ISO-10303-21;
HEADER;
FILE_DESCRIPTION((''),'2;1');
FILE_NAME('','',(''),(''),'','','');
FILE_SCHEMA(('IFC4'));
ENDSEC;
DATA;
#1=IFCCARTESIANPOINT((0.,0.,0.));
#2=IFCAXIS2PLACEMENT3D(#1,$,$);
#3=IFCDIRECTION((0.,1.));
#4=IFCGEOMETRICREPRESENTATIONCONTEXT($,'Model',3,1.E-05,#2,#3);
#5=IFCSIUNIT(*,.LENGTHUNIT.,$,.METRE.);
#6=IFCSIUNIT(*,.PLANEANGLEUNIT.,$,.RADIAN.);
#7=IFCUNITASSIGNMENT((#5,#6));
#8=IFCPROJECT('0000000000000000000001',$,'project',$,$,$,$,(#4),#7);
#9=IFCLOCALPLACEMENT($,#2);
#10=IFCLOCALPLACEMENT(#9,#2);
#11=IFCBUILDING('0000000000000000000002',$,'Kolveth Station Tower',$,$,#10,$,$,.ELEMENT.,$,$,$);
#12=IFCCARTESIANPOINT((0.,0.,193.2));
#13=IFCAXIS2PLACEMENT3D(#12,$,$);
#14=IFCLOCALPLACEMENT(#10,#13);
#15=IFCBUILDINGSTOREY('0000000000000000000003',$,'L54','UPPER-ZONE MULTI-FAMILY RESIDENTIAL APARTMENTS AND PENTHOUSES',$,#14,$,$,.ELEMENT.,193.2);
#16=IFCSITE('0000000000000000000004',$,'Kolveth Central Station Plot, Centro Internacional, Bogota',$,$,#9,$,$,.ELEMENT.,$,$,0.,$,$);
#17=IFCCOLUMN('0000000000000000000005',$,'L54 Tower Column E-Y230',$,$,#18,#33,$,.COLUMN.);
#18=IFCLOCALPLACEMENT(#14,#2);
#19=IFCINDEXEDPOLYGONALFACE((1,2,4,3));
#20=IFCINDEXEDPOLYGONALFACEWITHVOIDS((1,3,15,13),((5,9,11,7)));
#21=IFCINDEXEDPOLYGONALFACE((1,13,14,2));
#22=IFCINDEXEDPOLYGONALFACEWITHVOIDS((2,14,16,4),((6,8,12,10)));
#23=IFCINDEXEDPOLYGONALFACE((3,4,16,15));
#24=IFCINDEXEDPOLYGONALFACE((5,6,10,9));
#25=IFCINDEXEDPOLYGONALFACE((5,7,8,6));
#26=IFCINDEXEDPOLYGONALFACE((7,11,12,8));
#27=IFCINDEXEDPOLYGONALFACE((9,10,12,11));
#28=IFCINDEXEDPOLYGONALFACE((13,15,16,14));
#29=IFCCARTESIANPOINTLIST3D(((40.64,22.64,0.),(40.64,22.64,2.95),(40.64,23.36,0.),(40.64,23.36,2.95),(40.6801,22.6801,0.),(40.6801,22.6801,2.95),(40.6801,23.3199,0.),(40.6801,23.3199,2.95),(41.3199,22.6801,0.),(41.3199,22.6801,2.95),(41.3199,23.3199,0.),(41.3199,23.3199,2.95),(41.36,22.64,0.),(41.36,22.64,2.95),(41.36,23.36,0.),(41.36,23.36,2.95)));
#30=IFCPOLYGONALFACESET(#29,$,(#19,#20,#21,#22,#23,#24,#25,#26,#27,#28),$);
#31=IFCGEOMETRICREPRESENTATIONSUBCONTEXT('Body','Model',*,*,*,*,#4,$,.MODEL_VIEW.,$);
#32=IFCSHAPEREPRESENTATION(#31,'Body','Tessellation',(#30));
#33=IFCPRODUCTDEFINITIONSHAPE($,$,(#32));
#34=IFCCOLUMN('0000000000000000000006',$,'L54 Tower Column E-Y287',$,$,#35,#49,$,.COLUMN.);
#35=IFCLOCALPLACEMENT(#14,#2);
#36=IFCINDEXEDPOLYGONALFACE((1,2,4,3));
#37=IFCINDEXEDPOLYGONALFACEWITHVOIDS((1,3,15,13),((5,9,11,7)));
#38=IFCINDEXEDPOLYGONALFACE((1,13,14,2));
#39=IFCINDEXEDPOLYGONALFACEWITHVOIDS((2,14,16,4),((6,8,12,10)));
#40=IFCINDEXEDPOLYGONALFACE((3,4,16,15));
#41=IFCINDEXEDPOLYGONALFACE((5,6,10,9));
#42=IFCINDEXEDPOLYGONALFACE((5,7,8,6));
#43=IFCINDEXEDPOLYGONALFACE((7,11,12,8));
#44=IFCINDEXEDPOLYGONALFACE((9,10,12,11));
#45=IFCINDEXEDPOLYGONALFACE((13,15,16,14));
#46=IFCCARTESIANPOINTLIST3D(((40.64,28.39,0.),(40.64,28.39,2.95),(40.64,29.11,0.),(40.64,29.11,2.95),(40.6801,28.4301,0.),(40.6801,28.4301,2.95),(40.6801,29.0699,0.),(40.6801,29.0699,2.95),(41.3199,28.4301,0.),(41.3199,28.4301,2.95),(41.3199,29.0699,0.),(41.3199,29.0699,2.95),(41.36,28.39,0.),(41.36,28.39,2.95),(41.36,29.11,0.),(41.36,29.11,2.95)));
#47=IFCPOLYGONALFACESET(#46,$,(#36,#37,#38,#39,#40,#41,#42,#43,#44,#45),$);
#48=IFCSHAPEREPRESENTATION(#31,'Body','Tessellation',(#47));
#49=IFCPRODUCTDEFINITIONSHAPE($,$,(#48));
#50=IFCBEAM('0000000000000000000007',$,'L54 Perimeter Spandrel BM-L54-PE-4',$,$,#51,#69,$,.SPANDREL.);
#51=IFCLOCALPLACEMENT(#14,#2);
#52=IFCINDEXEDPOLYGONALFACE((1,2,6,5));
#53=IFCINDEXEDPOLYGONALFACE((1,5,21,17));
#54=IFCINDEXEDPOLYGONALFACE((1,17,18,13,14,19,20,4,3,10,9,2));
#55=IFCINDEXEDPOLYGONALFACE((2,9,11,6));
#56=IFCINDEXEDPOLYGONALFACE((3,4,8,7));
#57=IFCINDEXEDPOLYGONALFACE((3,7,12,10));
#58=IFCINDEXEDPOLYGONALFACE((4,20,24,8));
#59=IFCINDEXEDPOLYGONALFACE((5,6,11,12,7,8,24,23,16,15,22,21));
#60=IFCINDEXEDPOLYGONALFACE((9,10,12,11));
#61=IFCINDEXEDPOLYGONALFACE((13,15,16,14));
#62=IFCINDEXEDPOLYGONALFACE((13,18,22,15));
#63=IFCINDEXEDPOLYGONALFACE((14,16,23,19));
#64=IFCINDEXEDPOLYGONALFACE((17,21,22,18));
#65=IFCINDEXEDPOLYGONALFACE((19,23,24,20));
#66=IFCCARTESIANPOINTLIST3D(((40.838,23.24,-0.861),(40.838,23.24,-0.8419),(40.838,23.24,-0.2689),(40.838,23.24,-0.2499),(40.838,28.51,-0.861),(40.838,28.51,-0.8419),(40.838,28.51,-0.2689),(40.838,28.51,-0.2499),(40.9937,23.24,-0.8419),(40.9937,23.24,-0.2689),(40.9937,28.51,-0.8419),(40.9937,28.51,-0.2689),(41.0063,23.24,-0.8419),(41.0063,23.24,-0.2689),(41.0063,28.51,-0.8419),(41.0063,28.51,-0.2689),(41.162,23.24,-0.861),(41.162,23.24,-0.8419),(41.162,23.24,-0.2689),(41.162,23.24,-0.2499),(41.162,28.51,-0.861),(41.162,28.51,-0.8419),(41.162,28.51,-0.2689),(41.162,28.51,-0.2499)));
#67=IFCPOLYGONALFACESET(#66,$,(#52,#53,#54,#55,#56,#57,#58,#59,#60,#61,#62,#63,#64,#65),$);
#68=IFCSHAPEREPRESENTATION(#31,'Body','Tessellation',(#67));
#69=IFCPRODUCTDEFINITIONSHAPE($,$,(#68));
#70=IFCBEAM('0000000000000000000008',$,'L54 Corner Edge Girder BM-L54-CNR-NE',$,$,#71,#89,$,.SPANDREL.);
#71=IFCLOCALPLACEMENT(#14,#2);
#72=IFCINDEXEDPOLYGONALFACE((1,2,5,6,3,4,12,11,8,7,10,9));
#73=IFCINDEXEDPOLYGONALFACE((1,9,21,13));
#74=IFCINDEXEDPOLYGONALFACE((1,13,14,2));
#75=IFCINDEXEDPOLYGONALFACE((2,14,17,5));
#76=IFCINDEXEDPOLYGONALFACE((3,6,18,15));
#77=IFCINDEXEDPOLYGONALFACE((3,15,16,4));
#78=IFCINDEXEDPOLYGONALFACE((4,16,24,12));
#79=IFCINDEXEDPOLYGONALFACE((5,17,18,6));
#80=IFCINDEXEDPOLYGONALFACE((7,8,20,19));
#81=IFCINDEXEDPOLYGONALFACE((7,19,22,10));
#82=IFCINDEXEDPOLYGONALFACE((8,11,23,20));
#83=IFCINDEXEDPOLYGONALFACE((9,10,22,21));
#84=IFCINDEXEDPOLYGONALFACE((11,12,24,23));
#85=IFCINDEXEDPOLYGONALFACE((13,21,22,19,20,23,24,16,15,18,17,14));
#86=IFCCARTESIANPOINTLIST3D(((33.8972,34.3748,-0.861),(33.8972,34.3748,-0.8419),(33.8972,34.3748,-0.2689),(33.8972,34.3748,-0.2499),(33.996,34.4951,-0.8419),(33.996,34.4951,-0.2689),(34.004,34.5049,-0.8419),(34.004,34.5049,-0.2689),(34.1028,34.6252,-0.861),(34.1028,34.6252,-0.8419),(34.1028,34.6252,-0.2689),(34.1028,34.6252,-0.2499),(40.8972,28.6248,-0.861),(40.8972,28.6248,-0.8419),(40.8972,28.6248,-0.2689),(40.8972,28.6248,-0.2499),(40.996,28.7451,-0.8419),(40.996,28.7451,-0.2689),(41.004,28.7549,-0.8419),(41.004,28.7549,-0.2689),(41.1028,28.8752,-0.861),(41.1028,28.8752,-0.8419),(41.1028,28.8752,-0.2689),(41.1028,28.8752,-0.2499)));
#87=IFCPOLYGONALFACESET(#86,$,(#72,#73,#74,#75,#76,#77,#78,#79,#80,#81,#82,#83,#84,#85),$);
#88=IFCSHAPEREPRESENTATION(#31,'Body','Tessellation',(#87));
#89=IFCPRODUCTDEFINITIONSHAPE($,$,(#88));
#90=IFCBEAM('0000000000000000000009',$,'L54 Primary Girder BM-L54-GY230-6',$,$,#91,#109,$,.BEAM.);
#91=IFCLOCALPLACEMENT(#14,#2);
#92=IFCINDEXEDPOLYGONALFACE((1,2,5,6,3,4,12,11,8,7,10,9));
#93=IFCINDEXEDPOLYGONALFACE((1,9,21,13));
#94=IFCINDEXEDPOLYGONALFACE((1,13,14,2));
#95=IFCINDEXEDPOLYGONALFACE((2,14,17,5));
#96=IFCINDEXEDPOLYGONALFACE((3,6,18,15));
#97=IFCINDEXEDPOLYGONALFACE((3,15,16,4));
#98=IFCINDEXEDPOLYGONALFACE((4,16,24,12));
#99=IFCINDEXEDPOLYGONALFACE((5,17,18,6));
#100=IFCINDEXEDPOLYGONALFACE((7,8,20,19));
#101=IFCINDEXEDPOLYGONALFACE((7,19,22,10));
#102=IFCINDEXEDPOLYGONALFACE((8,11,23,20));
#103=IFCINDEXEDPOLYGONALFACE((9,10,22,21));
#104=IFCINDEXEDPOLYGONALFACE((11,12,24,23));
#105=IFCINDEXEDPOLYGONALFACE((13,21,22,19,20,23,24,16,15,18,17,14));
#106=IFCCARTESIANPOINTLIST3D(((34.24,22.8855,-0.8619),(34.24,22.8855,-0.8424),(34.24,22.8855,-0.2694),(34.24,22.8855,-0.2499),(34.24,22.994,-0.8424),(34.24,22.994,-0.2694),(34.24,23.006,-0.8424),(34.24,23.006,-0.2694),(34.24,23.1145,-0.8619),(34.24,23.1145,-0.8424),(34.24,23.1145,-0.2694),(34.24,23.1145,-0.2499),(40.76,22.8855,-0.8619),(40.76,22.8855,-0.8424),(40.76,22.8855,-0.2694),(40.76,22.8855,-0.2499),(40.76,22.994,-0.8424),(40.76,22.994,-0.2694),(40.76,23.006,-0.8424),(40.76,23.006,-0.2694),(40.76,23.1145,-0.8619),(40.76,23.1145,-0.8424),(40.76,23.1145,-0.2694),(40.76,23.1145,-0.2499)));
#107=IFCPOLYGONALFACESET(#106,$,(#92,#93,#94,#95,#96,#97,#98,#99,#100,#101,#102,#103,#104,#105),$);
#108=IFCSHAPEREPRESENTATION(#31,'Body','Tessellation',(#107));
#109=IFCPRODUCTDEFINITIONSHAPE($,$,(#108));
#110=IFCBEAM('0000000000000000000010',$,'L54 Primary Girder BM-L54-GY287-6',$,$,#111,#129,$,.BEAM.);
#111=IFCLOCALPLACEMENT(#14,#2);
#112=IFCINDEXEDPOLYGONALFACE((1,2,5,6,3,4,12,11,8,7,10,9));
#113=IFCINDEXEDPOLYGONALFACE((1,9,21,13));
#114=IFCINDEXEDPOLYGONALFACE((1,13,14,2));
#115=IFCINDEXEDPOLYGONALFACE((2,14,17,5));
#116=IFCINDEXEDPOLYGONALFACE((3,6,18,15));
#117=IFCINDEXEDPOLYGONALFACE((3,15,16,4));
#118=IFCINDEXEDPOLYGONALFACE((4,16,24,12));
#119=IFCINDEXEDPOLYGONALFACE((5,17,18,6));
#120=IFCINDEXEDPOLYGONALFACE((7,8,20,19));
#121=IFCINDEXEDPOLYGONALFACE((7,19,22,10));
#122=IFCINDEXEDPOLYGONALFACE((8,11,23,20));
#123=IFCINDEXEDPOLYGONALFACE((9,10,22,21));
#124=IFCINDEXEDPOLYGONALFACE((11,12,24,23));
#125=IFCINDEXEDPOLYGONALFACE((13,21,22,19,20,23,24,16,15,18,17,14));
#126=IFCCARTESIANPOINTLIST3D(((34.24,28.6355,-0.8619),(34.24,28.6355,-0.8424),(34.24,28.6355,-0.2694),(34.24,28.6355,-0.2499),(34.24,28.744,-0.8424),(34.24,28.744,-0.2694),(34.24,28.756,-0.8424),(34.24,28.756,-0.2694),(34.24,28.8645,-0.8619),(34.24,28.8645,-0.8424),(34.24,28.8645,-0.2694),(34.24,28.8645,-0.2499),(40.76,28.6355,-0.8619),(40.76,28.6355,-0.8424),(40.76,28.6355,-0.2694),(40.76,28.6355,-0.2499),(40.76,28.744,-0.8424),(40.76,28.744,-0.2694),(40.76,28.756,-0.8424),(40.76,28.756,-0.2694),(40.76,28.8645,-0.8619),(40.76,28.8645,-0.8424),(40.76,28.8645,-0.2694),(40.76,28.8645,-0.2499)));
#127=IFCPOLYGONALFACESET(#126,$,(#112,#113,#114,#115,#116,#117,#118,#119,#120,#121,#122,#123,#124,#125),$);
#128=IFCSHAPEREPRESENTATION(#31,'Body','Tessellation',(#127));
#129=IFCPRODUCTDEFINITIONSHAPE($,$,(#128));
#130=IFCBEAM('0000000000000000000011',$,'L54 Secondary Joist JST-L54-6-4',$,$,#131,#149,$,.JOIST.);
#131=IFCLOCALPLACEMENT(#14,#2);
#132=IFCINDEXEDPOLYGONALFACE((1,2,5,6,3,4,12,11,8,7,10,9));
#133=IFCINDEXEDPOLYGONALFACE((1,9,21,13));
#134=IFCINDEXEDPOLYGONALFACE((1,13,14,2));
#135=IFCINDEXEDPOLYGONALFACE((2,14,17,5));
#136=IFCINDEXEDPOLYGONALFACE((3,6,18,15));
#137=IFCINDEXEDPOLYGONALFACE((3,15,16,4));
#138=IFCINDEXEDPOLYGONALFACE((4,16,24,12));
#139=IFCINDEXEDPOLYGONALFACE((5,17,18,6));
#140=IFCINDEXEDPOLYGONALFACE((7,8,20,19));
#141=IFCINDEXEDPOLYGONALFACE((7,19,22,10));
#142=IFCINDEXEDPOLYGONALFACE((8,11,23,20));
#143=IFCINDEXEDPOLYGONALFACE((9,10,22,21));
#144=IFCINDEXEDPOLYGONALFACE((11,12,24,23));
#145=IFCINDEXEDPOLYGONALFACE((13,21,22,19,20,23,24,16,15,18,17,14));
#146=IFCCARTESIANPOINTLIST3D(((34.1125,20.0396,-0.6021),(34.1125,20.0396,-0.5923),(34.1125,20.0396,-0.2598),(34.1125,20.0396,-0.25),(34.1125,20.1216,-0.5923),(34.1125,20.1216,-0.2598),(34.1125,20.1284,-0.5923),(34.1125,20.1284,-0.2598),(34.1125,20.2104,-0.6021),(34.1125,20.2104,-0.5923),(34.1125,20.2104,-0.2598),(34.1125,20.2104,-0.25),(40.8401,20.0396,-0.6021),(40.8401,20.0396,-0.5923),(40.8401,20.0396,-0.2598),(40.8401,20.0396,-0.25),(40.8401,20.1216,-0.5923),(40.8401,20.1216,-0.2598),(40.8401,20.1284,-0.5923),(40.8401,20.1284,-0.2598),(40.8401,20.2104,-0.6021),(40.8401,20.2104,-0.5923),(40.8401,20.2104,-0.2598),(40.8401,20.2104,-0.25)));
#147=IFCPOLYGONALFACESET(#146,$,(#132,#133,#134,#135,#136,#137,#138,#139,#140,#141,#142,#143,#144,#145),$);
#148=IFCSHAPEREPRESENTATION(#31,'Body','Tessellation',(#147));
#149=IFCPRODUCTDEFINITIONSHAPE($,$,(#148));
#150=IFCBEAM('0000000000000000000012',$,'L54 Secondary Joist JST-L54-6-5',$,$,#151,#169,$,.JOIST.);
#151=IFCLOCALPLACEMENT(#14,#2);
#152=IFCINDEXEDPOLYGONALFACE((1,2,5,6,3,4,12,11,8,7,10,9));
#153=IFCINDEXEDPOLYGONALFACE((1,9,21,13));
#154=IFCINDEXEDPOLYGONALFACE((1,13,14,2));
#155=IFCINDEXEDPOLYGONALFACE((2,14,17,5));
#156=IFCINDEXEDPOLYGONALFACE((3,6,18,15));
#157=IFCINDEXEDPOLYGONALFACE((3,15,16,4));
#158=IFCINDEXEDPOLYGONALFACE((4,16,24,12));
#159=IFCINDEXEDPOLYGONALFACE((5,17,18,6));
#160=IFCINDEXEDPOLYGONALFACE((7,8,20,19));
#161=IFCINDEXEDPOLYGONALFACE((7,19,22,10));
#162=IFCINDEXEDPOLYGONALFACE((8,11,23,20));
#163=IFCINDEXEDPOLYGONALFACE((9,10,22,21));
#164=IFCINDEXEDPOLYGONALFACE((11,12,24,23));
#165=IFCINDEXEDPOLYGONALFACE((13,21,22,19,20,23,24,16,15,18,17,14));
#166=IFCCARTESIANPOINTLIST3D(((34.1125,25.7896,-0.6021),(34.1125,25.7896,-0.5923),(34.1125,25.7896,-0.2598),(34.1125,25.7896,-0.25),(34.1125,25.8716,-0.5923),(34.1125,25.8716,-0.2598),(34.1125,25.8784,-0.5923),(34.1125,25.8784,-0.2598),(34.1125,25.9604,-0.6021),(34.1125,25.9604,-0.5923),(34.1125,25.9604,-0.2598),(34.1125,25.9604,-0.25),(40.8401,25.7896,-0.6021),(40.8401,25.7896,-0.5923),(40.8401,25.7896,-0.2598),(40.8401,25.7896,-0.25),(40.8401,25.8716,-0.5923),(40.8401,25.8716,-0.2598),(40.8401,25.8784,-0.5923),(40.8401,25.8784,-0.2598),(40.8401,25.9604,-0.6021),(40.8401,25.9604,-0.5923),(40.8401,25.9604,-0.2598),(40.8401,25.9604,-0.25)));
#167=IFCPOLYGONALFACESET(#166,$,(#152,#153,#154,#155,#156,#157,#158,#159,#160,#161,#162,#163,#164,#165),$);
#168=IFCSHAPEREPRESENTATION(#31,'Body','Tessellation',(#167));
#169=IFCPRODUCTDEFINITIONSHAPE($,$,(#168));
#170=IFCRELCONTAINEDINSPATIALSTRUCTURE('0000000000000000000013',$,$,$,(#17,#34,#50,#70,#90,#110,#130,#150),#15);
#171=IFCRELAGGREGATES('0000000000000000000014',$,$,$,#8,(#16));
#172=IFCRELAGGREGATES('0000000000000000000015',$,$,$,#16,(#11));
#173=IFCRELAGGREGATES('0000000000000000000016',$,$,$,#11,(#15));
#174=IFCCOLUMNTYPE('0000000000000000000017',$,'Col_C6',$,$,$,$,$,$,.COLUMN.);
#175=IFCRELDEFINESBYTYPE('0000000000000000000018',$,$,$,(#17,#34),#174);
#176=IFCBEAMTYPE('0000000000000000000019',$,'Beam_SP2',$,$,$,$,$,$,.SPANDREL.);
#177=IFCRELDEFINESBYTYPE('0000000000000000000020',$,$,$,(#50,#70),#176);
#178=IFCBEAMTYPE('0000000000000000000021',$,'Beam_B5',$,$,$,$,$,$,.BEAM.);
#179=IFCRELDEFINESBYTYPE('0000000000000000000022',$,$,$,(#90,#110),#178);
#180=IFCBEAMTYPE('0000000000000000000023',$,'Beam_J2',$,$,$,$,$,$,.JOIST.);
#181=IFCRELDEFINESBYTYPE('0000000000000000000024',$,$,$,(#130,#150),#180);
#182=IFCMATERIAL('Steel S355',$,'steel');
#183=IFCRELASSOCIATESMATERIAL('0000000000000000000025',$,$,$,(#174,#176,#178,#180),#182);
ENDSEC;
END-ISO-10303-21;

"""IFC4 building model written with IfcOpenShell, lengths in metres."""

from ifc_helpers import new_model, si_unit, direction, frame, origin, origin_2d, place, context, subcontext, project, spatial, hollow_rectangle, i_section, extrude, source, transform, mapped, material, material_profile, profile_set, type_object, element, save


model = new_model("IFC4")

# Units and contexts
model_context = context("Model", 3, precision=1e-05, world=origin(), true_north=direction((0.0, 1.0)))
body_context = subcontext(model_context, "Body", "Model", "MODEL_VIEW")
ifc_project = project(units=[si_unit("LENGTHUNIT", "METRE"), si_unit("PLANEANGLEUNIT", "RADIAN")], contexts=[model_context])

# Site, building, storey
site_placement = place(None, origin())
site = spatial("IfcSite", under=ifc_project, at=site_placement, Name="Kolveth Central Station Plot, Centro Internacional, Bogota", CompositionType="ELEMENT", RefElevation=0.0)
building_placement = place(site_placement, origin())
building = spatial("IfcBuilding", under=site, at=building_placement, Name="Kolveth Station Tower", CompositionType="ELEMENT")
storey_placement = place(building_placement, frame((0.0, 0.0, 193.2)))
storey = spatial("IfcBuildingStorey", under=building, at=storey_placement, Name="L54", Description="UPPER-ZONE MULTI-FAMILY RESIDENTIAL APARTMENTS AND PENTHOUSES", CompositionType="ELEMENT", Elevation=193.2)

# Columns
ifc_material_1 = material(Name="Steel S355", Category="steel")
ifc_material_profile_1 = material_profile(ifc_material_1, hollow_rectangle(XDim=0.72, YDim=0.72, WallThickness=0.04, at=origin_2d()), Name="BOX720x720x40")
ifc_profile_set_1 = profile_set([ifc_material_profile_1], Name="Steel S355")
column_type = type_object("IfcColumnType", Name="Col_C6", PredefinedType="COLUMN", material=ifc_profile_set_1)
shared_shape_1 = source(origin(), body_context, "Body", "SweptSolid", [
    extrude(hollow_rectangle(XDim=0.72, YDim=0.72, WallThickness=0.04, at=origin_2d()), origin(), (0.0, 0.0, 1.0), 2.95),
])
for number, where, z_axis, x_axis, name in (
    (1, (41.0, 23.0, 0.0), (0.0, 0.0, 1.0), (1.0, 0.0, 0.0), "L54 Tower Column E-Y230"),
    (2, (41.0, 28.75, 0.0), (0.0, 0.0, 1.0), (1.0, 0.0, 0.0), "L54 Tower Column E-Y287"),
):
    element("IfcColumn", number, at=place(storey_placement, frame(where, z_axis=z_axis, x_axis=x_axis)), inside=storey, type_object=column_type, Name=name, PredefinedType="COLUMN", context=body_context, shape_type="MappedRepresentation", body=[
        mapped(shared_shape_1, transform((0.0, 0.0, 0.0), x_axis=(1.0, 0.0, 0.0), y_axis=(0.0, 1.0, 0.0), z_axis=(0.0, 0.0, 1.0), scale=1.0)),
    ])

# Beams
ifc_material_profile_2 = material_profile(ifc_material_1, i_section(OverallWidth=0.324, OverallDepth=0.6111, WebThickness=0.0127, FlangeThickness=0.019, at=origin_2d()), Name="W610x155")
ifc_profile_set_2 = profile_set([ifc_material_profile_2], Name="Steel S355")
beam_type_1 = type_object("IfcBeamType", Name="Beam_SP2", PredefinedType="SPANDREL", material=ifc_profile_set_2)
shared_shape_2 = source(origin(), body_context, "Body", "SweptSolid", [
    extrude(i_section(OverallWidth=0.324, OverallDepth=0.6111, WebThickness=0.0127, FlangeThickness=0.019, at=origin_2d()), origin(), (0.0, 0.0, 1.0), 5.27),
])
beam_1_placement = place(storey_placement, frame((41.0, 23.24, -0.5554), z_axis=(0.0, 1.0, 0.0), x_axis=(-1.0, 0.0, 0.0)))
element("IfcBeam", 3, at=beam_1_placement, inside=storey, type_object=beam_type_1, Name="L54 Perimeter Spandrel BM-L54-PE-4", PredefinedType="SPANDREL", context=body_context, shape_type="MappedRepresentation", body=[
    mapped(shared_shape_2, transform((0.0, 0.0, 0.0), x_axis=(1.0, 0.0, 0.0), y_axis=(0.0, 1.0, 0.0), z_axis=(0.0, 0.0, 1.0), scale=1.0)),
])
shared_shape_3 = source(origin(), body_context, "Body", "SweptSolid", [
    extrude(i_section(OverallWidth=0.324, OverallDepth=0.6111, WebThickness=0.0127, FlangeThickness=0.019, at=origin_2d()), origin(), (0.0, 0.0, 1.0), 9.0588),
])
beam_2_placement = place(storey_placement, frame((41.0, 28.75, -0.5554), z_axis=(-0.772726, 0.634739, 0.0), x_axis=(-0.634739, -0.772726, 0.0)))
element("IfcBeam", 4, at=beam_2_placement, inside=storey, type_object=beam_type_1, Name="L54 Corner Edge Girder BM-L54-CNR-NE", PredefinedType="SPANDREL", context=body_context, shape_type="MappedRepresentation", body=[
    mapped(shared_shape_3, transform((0.0, 0.0, 0.0), x_axis=(1.0, 0.0, 0.0), y_axis=(0.0, 1.0, 0.0), z_axis=(0.0, 0.0, 1.0), scale=1.0)),
])
ifc_material_profile_3 = material_profile(ifc_material_1, i_section(OverallWidth=0.229, OverallDepth=0.6121, WebThickness=0.012, FlangeThickness=0.0195, at=origin_2d()), Name="W610x125")
ifc_profile_set_3 = profile_set([ifc_material_profile_3], Name="Steel S355")
beam_type_2 = type_object("IfcBeamType", Name="Beam_B5", PredefinedType="BEAM", material=ifc_profile_set_3)
shared_shape_4 = source(origin(), body_context, "Body", "SweptSolid", [
    extrude(i_section(OverallWidth=0.229, OverallDepth=0.6121, WebThickness=0.012, FlangeThickness=0.0195, at=origin_2d()), origin(), (0.0, 0.0, 1.0), 6.52),
])
for number, where, z_axis, x_axis, name in (
    (5, (34.24, 23.0, -0.5559), (1.0, 0.0, 0.0), (0.0, 1.0, 0.0), "L54 Primary Girder BM-L54-GY230-6"),
    (6, (34.24, 28.75, -0.5559), (1.0, 0.0, 0.0), (0.0, 1.0, 0.0), "L54 Primary Girder BM-L54-GY287-6"),
):
    element("IfcBeam", number, at=place(storey_placement, frame(where, z_axis=z_axis, x_axis=x_axis)), inside=storey, type_object=beam_type_2, Name=name, PredefinedType="BEAM", context=body_context, shape_type="MappedRepresentation", body=[
        mapped(shared_shape_4, transform((0.0, 0.0, 0.0), x_axis=(1.0, 0.0, 0.0), y_axis=(0.0, 1.0, 0.0), z_axis=(0.0, 0.0, 1.0), scale=1.0)),
    ])
ifc_material_profile_4 = material_profile(ifc_material_1, i_section(OverallWidth=0.1709, OverallDepth=0.3521, WebThickness=0.0068, FlangeThickness=0.0098, at=origin_2d()), Name="W360x44")
ifc_profile_set_4 = profile_set([ifc_material_profile_4], Name="Steel S355")
beam_type_3 = type_object("IfcBeamType", Name="Beam_J2", PredefinedType="JOIST", material=ifc_profile_set_4)
shared_shape_5 = source(origin(), body_context, "Body", "SweptSolid", [
    extrude(i_section(OverallWidth=0.1709, OverallDepth=0.3521, WebThickness=0.0068, FlangeThickness=0.0098, at=origin_2d()), origin(), (0.0, 0.0, 1.0), 6.7275),
])
for number, where, z_axis, x_axis, name in (
    (7, (34.1125, 20.125, -0.426), (1.0, 0.0, 0.0), (0.0, 1.0, 0.0), "L54 Secondary Joist JST-L54-6-4"),
    (8, (34.1125, 25.875, -0.426), (1.0, 0.0, 0.0), (0.0, 1.0, 0.0), "L54 Secondary Joist JST-L54-6-5"),
):
    element("IfcBeam", number, at=place(storey_placement, frame(where, z_axis=z_axis, x_axis=x_axis)), inside=storey, type_object=beam_type_3, Name=name, PredefinedType="JOIST", context=body_context, shape_type="MappedRepresentation", body=[
        mapped(shared_shape_5, transform((0.0, 0.0, 0.0), x_axis=(1.0, 0.0, 0.0), y_axis=(0.0, 1.0, 0.0), z_axis=(0.0, 0.0, 1.0), scale=1.0)),
    ])

save(model, "model.ifc")
